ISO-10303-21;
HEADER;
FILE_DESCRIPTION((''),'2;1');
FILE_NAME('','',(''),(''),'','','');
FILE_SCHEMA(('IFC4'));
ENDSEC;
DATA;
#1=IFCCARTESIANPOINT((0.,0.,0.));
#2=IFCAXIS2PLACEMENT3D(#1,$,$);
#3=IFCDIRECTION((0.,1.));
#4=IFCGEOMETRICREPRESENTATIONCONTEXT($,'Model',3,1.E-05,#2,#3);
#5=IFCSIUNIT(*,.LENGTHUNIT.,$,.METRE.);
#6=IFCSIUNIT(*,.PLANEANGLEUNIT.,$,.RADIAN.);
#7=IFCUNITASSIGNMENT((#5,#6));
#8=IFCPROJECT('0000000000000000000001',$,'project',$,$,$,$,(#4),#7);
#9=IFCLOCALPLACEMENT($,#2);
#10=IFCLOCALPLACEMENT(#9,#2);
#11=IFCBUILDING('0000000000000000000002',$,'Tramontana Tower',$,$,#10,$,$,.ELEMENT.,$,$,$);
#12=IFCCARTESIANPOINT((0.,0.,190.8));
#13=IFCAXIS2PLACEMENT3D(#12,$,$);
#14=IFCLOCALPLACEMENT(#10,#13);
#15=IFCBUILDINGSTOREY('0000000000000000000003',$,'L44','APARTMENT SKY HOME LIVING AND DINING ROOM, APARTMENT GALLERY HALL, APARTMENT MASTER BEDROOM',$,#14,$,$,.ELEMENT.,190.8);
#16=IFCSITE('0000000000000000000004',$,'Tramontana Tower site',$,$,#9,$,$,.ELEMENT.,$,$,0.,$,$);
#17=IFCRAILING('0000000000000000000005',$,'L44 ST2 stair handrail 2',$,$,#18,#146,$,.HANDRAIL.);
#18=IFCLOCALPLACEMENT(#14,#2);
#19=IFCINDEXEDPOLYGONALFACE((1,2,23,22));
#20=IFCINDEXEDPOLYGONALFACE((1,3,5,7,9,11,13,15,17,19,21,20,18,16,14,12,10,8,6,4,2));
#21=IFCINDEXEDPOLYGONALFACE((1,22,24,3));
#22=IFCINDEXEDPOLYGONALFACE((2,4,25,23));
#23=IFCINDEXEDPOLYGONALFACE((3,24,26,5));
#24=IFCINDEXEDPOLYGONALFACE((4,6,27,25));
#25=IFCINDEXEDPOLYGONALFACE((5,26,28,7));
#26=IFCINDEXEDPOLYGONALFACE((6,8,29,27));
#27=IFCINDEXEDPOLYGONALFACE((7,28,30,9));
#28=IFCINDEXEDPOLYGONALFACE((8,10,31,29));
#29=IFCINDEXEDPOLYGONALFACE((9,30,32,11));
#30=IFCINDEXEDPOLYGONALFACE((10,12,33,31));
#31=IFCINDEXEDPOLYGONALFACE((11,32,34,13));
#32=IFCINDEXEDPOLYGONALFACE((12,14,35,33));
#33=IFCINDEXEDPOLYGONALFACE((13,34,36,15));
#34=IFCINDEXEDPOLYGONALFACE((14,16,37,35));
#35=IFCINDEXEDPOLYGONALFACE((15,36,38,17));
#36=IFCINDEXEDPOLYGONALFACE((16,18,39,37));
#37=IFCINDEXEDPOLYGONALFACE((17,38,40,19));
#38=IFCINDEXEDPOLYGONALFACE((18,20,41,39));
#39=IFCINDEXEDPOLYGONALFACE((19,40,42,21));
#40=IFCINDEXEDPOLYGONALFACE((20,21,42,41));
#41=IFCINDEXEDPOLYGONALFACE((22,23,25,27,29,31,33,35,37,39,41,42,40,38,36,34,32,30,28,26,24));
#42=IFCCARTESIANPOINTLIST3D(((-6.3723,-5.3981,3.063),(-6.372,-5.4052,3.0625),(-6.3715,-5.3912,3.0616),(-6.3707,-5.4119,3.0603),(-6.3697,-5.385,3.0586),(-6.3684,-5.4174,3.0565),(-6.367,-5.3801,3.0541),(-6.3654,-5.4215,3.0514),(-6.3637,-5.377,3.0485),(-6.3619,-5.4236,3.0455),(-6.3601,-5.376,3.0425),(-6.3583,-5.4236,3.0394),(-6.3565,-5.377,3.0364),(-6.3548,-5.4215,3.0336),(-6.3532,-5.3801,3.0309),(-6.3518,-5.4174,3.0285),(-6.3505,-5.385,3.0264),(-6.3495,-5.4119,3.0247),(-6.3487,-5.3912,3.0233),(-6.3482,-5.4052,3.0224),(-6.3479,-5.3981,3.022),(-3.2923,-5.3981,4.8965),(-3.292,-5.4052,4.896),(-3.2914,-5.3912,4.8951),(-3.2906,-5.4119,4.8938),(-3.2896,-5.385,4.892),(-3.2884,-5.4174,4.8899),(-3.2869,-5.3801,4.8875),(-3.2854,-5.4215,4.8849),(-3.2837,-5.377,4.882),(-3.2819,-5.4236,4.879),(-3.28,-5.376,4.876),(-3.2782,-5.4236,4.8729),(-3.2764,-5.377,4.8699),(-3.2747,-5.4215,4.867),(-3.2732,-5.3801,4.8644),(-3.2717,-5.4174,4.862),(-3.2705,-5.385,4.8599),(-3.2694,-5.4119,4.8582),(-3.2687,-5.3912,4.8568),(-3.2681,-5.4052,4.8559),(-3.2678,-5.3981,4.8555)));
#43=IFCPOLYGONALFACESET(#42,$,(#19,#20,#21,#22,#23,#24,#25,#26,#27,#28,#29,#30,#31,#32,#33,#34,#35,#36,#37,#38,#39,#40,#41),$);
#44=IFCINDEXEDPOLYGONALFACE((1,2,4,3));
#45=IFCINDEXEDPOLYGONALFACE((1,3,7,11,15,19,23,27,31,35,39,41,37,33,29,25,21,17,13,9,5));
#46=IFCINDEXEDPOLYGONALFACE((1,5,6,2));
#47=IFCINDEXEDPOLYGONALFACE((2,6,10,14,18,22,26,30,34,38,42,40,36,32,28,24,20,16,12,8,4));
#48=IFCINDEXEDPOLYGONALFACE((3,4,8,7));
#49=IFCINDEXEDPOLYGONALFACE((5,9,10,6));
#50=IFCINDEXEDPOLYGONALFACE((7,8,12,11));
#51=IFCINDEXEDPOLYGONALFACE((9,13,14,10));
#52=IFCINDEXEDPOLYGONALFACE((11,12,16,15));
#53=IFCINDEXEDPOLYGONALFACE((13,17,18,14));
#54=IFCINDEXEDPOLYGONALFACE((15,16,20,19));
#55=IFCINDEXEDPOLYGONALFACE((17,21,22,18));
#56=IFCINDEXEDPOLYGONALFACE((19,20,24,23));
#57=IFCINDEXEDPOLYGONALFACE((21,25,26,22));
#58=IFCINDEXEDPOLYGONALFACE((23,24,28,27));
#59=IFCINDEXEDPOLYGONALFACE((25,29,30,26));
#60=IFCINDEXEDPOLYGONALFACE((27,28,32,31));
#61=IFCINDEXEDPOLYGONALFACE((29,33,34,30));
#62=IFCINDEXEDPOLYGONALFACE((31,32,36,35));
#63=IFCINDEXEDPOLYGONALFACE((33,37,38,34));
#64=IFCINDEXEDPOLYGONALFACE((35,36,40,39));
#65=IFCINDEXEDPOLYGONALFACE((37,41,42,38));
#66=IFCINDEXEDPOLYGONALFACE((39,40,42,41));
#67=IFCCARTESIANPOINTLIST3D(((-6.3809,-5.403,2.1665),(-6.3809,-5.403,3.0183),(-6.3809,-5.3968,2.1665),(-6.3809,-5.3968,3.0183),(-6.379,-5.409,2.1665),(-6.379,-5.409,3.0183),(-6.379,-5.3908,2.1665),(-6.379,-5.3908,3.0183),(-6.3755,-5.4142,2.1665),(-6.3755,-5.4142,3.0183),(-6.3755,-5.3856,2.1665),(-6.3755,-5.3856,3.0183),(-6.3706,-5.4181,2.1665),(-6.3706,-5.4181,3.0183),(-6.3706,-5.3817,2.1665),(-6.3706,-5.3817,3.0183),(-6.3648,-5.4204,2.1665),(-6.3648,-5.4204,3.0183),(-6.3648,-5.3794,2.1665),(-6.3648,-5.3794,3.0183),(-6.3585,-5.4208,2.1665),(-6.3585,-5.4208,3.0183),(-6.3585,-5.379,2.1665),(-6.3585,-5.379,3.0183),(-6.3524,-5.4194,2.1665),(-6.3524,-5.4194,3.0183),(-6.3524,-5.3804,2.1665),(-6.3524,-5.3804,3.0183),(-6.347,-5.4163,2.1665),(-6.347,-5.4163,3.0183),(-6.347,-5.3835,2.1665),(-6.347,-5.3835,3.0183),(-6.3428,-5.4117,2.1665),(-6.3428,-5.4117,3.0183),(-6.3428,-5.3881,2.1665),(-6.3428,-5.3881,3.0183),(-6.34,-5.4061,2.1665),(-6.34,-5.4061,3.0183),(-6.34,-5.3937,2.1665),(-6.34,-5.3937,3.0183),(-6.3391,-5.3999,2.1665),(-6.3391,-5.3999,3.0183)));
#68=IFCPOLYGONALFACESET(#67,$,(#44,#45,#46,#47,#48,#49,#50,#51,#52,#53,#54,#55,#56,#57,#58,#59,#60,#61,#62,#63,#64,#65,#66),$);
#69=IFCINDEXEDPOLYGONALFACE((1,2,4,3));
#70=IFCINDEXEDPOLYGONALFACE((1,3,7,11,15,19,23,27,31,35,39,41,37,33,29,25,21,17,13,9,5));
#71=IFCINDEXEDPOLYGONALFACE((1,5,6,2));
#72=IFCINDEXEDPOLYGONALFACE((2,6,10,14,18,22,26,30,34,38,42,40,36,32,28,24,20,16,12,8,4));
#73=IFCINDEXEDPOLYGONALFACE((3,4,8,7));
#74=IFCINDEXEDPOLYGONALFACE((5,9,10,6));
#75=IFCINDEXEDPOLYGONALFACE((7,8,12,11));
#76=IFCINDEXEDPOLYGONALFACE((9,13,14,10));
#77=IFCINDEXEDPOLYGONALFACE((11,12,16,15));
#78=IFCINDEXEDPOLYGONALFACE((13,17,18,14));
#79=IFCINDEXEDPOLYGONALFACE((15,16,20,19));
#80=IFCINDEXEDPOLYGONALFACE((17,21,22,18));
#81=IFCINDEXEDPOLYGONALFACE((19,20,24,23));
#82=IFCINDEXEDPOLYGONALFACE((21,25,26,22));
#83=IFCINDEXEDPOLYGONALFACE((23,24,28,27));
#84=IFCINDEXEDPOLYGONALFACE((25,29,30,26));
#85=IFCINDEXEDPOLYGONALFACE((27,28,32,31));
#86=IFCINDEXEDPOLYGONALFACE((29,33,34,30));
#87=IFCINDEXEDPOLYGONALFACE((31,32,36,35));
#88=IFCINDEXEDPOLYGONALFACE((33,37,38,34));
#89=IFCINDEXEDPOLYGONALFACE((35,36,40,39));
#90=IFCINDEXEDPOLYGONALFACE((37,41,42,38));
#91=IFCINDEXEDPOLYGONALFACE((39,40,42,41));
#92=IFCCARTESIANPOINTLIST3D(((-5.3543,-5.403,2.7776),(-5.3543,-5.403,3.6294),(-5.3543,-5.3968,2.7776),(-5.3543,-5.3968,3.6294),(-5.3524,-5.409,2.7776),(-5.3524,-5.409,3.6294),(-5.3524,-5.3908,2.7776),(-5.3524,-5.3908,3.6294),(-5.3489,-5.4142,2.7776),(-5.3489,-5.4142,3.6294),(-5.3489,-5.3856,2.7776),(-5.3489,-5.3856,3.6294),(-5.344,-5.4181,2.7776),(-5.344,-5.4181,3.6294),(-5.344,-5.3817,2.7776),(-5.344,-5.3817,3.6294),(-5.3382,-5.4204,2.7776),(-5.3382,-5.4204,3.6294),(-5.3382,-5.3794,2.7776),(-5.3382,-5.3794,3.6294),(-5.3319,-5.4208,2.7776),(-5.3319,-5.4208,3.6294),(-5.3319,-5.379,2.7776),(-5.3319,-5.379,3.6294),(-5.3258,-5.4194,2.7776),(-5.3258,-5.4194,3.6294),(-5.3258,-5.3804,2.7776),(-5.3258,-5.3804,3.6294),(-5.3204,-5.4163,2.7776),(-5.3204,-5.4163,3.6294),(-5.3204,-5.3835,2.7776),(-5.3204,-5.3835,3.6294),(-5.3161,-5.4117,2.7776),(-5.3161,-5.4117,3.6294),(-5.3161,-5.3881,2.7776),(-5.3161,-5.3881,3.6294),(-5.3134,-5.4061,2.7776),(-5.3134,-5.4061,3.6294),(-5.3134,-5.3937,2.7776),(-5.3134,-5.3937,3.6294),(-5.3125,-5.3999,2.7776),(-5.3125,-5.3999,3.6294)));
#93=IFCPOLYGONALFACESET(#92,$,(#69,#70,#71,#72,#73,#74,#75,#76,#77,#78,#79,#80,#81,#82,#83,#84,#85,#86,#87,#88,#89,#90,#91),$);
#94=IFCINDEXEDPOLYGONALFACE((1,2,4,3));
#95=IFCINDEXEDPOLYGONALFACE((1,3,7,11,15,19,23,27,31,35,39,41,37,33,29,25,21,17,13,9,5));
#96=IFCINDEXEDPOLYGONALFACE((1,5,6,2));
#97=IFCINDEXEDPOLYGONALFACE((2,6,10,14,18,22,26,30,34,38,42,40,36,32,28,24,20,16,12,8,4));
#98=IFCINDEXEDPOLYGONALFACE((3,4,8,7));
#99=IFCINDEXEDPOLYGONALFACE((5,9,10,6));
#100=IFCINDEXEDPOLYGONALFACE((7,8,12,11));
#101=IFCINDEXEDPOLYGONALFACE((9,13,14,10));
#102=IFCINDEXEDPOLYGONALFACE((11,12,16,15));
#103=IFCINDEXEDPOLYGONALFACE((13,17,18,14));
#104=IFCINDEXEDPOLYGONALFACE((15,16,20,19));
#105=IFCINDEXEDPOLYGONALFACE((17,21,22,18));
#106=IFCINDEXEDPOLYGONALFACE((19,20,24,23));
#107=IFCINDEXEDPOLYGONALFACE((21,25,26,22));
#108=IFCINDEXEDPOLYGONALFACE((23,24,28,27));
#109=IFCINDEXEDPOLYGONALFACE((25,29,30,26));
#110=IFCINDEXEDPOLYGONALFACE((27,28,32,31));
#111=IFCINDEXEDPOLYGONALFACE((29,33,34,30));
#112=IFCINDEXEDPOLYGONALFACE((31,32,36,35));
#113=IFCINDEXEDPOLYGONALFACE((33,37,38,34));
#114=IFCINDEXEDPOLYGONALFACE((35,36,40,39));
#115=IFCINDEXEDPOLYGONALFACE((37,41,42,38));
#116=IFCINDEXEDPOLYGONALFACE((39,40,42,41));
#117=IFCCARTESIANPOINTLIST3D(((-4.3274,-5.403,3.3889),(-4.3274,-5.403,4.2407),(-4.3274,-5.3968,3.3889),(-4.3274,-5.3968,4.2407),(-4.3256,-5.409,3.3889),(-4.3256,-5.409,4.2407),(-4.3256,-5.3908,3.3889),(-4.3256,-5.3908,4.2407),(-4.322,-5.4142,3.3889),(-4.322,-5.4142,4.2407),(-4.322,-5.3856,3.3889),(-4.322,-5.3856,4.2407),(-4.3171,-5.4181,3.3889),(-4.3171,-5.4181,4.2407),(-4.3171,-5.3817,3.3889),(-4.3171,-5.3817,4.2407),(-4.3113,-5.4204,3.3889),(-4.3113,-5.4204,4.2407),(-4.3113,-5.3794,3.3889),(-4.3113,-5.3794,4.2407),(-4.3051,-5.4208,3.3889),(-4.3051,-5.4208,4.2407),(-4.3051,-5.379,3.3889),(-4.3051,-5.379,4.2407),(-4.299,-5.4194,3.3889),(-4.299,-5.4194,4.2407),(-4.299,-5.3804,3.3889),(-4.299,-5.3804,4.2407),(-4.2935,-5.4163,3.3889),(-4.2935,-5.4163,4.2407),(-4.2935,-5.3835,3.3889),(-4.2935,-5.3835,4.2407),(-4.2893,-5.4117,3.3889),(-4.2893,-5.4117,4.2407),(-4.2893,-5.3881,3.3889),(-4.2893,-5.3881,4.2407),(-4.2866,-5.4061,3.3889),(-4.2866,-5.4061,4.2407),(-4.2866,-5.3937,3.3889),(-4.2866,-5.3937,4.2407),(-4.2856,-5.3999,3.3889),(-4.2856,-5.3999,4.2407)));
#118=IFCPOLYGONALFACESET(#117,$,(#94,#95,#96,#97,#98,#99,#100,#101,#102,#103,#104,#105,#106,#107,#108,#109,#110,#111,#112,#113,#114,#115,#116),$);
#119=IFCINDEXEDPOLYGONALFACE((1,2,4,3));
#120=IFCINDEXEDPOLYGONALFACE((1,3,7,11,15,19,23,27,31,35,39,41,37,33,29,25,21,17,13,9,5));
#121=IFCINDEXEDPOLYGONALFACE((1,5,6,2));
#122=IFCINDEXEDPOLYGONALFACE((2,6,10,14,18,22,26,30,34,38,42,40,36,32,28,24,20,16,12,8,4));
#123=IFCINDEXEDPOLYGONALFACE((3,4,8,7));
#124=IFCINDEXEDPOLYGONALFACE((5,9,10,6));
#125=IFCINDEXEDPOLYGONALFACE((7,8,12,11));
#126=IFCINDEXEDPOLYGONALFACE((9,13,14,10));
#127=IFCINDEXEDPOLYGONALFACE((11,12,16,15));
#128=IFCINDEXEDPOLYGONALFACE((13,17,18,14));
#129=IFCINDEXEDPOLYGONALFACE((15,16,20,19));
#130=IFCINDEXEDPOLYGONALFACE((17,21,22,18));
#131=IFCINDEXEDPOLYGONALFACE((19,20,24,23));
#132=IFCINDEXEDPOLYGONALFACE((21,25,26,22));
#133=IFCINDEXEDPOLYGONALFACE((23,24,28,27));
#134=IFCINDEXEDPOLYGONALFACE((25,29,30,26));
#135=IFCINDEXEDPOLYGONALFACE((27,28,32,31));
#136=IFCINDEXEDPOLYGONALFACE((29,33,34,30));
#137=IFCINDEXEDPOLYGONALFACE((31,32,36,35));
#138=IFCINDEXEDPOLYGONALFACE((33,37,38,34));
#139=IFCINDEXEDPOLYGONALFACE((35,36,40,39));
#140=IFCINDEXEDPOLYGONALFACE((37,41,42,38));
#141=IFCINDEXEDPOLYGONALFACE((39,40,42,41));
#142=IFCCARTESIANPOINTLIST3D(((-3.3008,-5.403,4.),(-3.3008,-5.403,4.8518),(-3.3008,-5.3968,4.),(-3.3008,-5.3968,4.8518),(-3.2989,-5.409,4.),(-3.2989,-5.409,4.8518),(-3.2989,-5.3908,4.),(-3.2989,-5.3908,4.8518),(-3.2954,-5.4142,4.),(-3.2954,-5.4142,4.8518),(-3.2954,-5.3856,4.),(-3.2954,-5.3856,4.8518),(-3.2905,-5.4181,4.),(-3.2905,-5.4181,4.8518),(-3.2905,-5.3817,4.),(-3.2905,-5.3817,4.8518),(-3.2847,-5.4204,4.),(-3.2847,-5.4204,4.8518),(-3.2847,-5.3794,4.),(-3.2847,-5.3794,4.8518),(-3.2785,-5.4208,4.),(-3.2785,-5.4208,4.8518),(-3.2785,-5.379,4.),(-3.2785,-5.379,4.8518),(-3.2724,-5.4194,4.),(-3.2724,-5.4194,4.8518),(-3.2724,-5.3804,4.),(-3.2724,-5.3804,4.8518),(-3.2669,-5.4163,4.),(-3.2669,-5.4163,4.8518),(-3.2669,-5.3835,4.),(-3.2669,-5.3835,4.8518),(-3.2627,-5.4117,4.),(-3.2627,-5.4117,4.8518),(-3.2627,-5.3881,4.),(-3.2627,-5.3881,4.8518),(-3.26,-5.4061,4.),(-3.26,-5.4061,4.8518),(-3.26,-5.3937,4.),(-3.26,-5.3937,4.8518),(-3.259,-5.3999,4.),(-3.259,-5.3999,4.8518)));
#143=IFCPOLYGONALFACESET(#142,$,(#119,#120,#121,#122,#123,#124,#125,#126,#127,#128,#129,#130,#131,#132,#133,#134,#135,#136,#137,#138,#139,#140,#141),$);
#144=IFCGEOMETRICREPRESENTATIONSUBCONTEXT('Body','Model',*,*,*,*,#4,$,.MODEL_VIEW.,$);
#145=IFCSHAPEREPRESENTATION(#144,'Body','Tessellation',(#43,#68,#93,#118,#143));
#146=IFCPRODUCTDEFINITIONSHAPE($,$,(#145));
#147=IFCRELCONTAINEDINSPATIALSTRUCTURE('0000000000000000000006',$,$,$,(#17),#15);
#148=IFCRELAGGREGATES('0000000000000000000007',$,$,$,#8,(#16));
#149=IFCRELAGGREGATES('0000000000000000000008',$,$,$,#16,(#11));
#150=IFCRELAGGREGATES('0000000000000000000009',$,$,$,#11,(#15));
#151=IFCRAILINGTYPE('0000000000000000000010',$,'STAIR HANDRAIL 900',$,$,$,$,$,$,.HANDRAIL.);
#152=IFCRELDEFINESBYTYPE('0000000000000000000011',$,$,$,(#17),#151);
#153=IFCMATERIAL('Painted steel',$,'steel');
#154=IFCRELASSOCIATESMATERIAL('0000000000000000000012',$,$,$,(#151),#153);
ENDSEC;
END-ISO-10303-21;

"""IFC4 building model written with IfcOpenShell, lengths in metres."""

from ifc_helpers import new_model, si_unit, direction, frame, origin, origin_2d, place, context, subcontext, project, spatial, circle, extrude, material, type_object, element, save


model = new_model("IFC4")

# Units and contexts
model_context = context("Model", 3, precision=1e-05, world=origin(), true_north=direction((0.0, 1.0)))
body_context = subcontext(model_context, "Body", "Model", "MODEL_VIEW")
ifc_project = project(units=[si_unit("LENGTHUNIT", "METRE"), si_unit("PLANEANGLEUNIT", "RADIAN")], contexts=[model_context])

# Site, building, storey
site_placement = place(None, origin())
site = spatial("IfcSite", under=ifc_project, at=site_placement, Name="Tramontana Tower site", CompositionType="ELEMENT", RefElevation=0.0)
building_placement = place(site_placement, origin())
building = spatial("IfcBuilding", under=site, at=building_placement, Name="Tramontana Tower", CompositionType="ELEMENT")
storey_placement = place(building_placement, frame((0.0, 0.0, 190.8)))
storey = spatial("IfcBuildingStorey", under=building, at=storey_placement, Name="L44", Description="APARTMENT SKY HOME LIVING AND DINING ROOM, APARTMENT GALLERY HALL, APARTMENT MASTER BEDROOM", CompositionType="ELEMENT", Elevation=190.8)

# Railing
ifc_material_1 = material(Name="Painted steel", Category="steel")
railing_type_1 = type_object("IfcRailingType", Name="STAIR HANDRAIL 900", PredefinedType="HANDRAIL", material=ifc_material_1)
railing_1_placement = place(storey_placement, frame((-6.3601, -5.3999, 2.1665)))
element("IfcRailing", 1, at=railing_1_placement, inside=storey, type_object=railing_type_1, Name="L44 ST2 stair handrail 2", PredefinedType="HANDRAIL", context=body_context, shape_type="SweptSolid", body=[
    extrude(circle(Radius=0.0239, at=origin_2d()), frame((0.0, 0.0, 0.876), z_axis=(0.859279, 0.0, 0.511508), x_axis=(0.0, 1.0, 0.0)), (0.0, 0.0, 1.0), 3.5845),
    extrude(circle(Radius=0.021, at=origin_2d()), origin(), (0.0, 0.0, 1.0), 0.8518),
    extrude(circle(Radius=0.021, at=origin_2d()), frame((1.0266, 0.0, 0.6111)), (0.0, 0.0, 1.0), 0.8518),
    extrude(circle(Radius=0.021, at=origin_2d()), frame((2.0535, 0.0, 1.2224)), (0.0, 0.0, 1.0), 0.8518),
    extrude(circle(Radius=0.021, at=origin_2d()), frame((3.0801, 0.0, 1.8335)), (0.0, 0.0, 1.0), 0.8518),
])

save(model, "model.ifc")
